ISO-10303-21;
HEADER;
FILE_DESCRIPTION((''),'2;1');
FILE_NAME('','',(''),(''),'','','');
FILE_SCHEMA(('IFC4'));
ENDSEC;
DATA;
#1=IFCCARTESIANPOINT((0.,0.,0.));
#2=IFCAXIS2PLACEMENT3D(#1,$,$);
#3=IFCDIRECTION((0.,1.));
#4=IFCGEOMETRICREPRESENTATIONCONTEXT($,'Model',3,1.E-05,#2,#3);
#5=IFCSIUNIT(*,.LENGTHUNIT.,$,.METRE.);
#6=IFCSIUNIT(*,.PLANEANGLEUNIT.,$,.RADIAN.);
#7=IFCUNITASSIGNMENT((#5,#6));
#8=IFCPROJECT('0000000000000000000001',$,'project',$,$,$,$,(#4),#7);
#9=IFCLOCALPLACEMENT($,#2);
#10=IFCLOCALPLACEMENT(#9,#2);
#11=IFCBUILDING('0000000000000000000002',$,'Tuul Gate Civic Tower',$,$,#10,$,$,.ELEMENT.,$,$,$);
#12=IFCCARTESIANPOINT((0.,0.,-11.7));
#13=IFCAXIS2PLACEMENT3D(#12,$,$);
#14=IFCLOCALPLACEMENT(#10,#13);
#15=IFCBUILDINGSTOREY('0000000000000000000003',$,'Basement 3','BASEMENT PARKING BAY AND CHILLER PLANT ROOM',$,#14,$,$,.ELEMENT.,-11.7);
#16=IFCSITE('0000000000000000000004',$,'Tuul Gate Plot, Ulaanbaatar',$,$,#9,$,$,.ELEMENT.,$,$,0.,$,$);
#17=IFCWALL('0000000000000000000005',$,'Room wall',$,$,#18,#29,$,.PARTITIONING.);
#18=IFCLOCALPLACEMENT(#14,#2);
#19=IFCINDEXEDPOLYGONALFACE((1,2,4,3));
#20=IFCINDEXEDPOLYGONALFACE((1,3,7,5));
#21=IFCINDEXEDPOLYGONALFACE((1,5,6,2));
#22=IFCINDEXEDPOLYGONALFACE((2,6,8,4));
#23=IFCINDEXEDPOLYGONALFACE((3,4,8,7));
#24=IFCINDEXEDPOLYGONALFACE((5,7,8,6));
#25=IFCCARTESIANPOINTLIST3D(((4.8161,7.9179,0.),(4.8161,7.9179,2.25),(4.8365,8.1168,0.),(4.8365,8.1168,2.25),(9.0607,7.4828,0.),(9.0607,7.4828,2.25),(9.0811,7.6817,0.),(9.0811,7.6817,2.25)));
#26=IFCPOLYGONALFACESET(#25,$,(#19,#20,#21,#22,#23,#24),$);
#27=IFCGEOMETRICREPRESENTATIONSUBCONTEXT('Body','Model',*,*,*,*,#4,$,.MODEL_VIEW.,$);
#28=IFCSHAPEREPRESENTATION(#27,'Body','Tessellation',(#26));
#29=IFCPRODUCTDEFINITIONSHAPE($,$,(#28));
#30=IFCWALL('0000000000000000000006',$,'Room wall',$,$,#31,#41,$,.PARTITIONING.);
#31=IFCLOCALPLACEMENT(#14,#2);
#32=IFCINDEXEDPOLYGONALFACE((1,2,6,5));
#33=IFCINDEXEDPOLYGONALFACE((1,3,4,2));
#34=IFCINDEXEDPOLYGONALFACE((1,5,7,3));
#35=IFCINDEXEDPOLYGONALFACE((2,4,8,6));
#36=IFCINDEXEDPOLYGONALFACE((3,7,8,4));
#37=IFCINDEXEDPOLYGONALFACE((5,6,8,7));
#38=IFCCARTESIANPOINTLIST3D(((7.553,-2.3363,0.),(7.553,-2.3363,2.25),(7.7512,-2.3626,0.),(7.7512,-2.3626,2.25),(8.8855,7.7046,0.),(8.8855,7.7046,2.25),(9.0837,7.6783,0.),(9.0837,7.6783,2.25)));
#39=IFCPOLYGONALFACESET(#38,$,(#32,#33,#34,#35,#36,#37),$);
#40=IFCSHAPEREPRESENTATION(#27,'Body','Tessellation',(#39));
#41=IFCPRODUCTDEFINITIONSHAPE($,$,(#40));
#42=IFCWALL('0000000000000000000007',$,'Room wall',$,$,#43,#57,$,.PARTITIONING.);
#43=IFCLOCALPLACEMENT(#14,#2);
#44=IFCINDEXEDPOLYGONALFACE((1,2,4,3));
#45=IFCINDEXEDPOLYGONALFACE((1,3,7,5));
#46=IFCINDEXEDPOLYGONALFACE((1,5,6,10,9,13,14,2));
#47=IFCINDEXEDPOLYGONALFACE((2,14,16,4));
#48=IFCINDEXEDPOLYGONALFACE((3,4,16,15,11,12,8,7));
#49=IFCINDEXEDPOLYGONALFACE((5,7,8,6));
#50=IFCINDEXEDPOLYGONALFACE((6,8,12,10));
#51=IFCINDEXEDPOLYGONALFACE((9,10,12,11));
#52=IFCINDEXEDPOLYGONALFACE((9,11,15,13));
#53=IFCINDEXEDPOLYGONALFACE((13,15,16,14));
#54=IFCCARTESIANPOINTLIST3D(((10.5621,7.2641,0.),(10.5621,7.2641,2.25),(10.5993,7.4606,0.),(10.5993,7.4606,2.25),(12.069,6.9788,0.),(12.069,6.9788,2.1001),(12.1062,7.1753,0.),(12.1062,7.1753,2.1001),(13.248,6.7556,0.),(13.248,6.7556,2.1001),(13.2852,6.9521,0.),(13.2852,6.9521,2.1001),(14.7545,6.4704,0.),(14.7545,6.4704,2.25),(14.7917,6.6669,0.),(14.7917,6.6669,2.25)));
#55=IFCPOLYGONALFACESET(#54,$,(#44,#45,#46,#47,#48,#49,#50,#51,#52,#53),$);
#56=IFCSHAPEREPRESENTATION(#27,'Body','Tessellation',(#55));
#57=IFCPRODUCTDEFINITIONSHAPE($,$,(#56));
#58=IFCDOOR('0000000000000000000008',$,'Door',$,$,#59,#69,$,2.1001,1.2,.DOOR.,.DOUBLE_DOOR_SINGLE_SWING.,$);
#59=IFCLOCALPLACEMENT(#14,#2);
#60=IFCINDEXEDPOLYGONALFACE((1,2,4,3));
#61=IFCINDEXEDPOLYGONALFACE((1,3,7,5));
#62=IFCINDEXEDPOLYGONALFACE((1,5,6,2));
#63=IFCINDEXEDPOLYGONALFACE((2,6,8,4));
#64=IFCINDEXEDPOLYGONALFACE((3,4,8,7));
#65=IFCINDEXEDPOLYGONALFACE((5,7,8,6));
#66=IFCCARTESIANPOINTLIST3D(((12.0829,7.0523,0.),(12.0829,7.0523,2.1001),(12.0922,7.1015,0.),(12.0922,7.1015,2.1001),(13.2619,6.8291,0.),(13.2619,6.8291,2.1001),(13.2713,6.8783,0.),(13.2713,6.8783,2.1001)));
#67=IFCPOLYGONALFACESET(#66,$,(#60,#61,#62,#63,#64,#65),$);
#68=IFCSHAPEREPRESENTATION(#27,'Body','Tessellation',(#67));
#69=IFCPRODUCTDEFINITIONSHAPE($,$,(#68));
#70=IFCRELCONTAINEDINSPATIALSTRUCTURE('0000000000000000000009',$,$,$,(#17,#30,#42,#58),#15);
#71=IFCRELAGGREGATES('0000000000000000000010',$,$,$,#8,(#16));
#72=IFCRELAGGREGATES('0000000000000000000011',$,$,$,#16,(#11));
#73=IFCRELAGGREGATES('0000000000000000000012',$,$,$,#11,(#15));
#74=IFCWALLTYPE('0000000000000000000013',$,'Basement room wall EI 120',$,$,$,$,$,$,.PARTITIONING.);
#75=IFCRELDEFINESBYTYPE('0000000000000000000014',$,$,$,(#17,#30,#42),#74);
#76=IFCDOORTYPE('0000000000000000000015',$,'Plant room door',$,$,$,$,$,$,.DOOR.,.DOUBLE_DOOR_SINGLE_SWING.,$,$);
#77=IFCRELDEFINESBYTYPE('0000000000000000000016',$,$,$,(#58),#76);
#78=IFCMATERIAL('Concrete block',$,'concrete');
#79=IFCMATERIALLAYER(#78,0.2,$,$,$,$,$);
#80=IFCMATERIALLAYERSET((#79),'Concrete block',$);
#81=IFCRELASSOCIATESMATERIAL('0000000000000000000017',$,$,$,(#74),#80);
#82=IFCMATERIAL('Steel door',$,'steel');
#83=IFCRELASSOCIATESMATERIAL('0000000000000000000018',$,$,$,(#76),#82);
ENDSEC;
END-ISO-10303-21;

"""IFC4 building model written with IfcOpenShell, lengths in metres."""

from ifc_helpers import new_model, si_unit, direction, frame, frame_2d, origin, place, context, subcontext, project, spatial, rectangle, extrude, material, layer, layer_set, type_object, element, fill, save


model = new_model("IFC4")

# Units and contexts
model_context = context("Model", 3, precision=1e-05, world=origin(), true_north=direction((0.0, 1.0)))
body_context = subcontext(model_context, "Body", "Model", "MODEL_VIEW")
ifc_project = project(units=[si_unit("LENGTHUNIT", "METRE"), si_unit("PLANEANGLEUNIT", "RADIAN")], contexts=[model_context])

# Site, building, storey
site_placement = place(None, origin())
site = spatial("IfcSite", under=ifc_project, at=site_placement, Name="Tuul Gate Plot, Ulaanbaatar", CompositionType="ELEMENT", RefElevation=0.0)
building_placement = place(site_placement, origin())
building = spatial("IfcBuilding", under=site, at=building_placement, Name="Tuul Gate Civic Tower", CompositionType="ELEMENT")
storey_placement = place(building_placement, frame((0.0, 0.0, -11.7)))
storey = spatial("IfcBuildingStorey", under=building, at=storey_placement, Name="Basement 3", Description="BASEMENT PARKING BAY AND CHILLER PLANT ROOM", CompositionType="ELEMENT", Elevation=-11.7)

# Shared definitions
ifc_material_1 = material(Name="Concrete block", Category="concrete")
ifc_layer = layer(ifc_material_1, 0.2)
ifc_layer_set = layer_set([ifc_layer], Name="Concrete block")
wall_type = type_object("IfcWallType", Name="Basement room wall EI 120", PredefinedType="PARTITIONING", material=ifc_layer_set)
ifc_material_2 = material(Name="Steel door", Category="steel")
door_type = type_object("IfcDoorType", Name="Plant room door", OperationType="DOUBLE_DOOR_SINGLE_SWING", PredefinedType="DOOR", material=ifc_material_2)

# Walls
wall_1_placement = place(storey_placement, frame((4.8264, 8.0173, 0.0), z_axis=(0.0, 0.0, 1.0), x_axis=(0.994788, -0.101962, 0.0)))
element("IfcWall", 1, at=wall_1_placement, inside=storey, type_object=wall_type, Name="Room wall", PredefinedType="PARTITIONING", context=body_context, shape_type="SweptSolid", body=[
    extrude(rectangle(XDim=4.2668, YDim=0.2, at=frame_2d((2.1333, 0.0))), origin(), (0.0, 0.0, 1.0), 2.25),
])
wall_2_placement = place(storey_placement, frame((8.9846, 7.6914, 0.0), z_axis=(0.0, 0.0, 1.0), x_axis=(-0.131557, -0.991309, 0.0)))
element("IfcWall", 2, at=wall_2_placement, inside=storey, type_object=wall_type, Name="Room wall", PredefinedType="PARTITIONING", context=body_context, shape_type="SweptSolid", body=[
    extrude(rectangle(XDim=10.1289, YDim=0.2, at=frame_2d((5.0645, 0.0))), origin(), (0.0, 0.0, 1.0), 2.25),
])

# Wall, opening, door
wall_3_placement = place(storey_placement, frame((10.5808, 7.3623, 0.0), z_axis=(0.0, 0.0, 1.0), x_axis=(0.982547, -0.186016, 0.0)))
wall_3 = element("IfcWall", 3, at=wall_3_placement, inside=storey, type_object=wall_type, Name="Room wall", PredefinedType="PARTITIONING", context=body_context, shape_type="SweptSolid", body=[
    extrude(rectangle(XDim=4.2668, YDim=0.2, at=frame_2d((2.1333, 0.0))), origin(), (0.0, 0.0, 1.0), 2.25),
])
opening_1_placement = place(wall_3_placement, frame((1.5334, 0.0, 0.0)))
opening_1 = element("IfcOpeningElement", 4, at=opening_1_placement, cuts=wall_3, PredefinedType="OPENING", context=body_context, shape_type="SweptSolid", body=[
    extrude(rectangle(XDim=1.2, YDim=2.1001, at=frame_2d((0.6001, 1.05))), frame((0.0, 0.1099, 0.0), z_axis=(0.0, -1.0, 0.0), x_axis=(1.0, 0.0, 0.0)), (0.0, 0.0, 1.0), 0.22),
])
door_1_placement = place(opening_1_placement, origin())
door_1 = element("IfcDoor", 5, at=door_1_placement, inside=storey, type_object=door_type, Name="Door", OperationType="DOUBLE_DOOR_SINGLE_SWING", OverallHeight=2.1001, OverallWidth=1.2, PredefinedType="DOOR", context=body_context, shape_type="SweptSolid", body=[
    extrude(rectangle(XDim=1.2, YDim=2.1001, at=frame_2d((0.6001, 1.05))), frame((0.0, 0.0249, 0.0), z_axis=(0.0, -1.0, 0.0), x_axis=(1.0, 0.0, 0.0)), (0.0, 0.0, 1.0), 0.05),
])
fill(opening_1, door_1)

save(model, "model.ifc")
